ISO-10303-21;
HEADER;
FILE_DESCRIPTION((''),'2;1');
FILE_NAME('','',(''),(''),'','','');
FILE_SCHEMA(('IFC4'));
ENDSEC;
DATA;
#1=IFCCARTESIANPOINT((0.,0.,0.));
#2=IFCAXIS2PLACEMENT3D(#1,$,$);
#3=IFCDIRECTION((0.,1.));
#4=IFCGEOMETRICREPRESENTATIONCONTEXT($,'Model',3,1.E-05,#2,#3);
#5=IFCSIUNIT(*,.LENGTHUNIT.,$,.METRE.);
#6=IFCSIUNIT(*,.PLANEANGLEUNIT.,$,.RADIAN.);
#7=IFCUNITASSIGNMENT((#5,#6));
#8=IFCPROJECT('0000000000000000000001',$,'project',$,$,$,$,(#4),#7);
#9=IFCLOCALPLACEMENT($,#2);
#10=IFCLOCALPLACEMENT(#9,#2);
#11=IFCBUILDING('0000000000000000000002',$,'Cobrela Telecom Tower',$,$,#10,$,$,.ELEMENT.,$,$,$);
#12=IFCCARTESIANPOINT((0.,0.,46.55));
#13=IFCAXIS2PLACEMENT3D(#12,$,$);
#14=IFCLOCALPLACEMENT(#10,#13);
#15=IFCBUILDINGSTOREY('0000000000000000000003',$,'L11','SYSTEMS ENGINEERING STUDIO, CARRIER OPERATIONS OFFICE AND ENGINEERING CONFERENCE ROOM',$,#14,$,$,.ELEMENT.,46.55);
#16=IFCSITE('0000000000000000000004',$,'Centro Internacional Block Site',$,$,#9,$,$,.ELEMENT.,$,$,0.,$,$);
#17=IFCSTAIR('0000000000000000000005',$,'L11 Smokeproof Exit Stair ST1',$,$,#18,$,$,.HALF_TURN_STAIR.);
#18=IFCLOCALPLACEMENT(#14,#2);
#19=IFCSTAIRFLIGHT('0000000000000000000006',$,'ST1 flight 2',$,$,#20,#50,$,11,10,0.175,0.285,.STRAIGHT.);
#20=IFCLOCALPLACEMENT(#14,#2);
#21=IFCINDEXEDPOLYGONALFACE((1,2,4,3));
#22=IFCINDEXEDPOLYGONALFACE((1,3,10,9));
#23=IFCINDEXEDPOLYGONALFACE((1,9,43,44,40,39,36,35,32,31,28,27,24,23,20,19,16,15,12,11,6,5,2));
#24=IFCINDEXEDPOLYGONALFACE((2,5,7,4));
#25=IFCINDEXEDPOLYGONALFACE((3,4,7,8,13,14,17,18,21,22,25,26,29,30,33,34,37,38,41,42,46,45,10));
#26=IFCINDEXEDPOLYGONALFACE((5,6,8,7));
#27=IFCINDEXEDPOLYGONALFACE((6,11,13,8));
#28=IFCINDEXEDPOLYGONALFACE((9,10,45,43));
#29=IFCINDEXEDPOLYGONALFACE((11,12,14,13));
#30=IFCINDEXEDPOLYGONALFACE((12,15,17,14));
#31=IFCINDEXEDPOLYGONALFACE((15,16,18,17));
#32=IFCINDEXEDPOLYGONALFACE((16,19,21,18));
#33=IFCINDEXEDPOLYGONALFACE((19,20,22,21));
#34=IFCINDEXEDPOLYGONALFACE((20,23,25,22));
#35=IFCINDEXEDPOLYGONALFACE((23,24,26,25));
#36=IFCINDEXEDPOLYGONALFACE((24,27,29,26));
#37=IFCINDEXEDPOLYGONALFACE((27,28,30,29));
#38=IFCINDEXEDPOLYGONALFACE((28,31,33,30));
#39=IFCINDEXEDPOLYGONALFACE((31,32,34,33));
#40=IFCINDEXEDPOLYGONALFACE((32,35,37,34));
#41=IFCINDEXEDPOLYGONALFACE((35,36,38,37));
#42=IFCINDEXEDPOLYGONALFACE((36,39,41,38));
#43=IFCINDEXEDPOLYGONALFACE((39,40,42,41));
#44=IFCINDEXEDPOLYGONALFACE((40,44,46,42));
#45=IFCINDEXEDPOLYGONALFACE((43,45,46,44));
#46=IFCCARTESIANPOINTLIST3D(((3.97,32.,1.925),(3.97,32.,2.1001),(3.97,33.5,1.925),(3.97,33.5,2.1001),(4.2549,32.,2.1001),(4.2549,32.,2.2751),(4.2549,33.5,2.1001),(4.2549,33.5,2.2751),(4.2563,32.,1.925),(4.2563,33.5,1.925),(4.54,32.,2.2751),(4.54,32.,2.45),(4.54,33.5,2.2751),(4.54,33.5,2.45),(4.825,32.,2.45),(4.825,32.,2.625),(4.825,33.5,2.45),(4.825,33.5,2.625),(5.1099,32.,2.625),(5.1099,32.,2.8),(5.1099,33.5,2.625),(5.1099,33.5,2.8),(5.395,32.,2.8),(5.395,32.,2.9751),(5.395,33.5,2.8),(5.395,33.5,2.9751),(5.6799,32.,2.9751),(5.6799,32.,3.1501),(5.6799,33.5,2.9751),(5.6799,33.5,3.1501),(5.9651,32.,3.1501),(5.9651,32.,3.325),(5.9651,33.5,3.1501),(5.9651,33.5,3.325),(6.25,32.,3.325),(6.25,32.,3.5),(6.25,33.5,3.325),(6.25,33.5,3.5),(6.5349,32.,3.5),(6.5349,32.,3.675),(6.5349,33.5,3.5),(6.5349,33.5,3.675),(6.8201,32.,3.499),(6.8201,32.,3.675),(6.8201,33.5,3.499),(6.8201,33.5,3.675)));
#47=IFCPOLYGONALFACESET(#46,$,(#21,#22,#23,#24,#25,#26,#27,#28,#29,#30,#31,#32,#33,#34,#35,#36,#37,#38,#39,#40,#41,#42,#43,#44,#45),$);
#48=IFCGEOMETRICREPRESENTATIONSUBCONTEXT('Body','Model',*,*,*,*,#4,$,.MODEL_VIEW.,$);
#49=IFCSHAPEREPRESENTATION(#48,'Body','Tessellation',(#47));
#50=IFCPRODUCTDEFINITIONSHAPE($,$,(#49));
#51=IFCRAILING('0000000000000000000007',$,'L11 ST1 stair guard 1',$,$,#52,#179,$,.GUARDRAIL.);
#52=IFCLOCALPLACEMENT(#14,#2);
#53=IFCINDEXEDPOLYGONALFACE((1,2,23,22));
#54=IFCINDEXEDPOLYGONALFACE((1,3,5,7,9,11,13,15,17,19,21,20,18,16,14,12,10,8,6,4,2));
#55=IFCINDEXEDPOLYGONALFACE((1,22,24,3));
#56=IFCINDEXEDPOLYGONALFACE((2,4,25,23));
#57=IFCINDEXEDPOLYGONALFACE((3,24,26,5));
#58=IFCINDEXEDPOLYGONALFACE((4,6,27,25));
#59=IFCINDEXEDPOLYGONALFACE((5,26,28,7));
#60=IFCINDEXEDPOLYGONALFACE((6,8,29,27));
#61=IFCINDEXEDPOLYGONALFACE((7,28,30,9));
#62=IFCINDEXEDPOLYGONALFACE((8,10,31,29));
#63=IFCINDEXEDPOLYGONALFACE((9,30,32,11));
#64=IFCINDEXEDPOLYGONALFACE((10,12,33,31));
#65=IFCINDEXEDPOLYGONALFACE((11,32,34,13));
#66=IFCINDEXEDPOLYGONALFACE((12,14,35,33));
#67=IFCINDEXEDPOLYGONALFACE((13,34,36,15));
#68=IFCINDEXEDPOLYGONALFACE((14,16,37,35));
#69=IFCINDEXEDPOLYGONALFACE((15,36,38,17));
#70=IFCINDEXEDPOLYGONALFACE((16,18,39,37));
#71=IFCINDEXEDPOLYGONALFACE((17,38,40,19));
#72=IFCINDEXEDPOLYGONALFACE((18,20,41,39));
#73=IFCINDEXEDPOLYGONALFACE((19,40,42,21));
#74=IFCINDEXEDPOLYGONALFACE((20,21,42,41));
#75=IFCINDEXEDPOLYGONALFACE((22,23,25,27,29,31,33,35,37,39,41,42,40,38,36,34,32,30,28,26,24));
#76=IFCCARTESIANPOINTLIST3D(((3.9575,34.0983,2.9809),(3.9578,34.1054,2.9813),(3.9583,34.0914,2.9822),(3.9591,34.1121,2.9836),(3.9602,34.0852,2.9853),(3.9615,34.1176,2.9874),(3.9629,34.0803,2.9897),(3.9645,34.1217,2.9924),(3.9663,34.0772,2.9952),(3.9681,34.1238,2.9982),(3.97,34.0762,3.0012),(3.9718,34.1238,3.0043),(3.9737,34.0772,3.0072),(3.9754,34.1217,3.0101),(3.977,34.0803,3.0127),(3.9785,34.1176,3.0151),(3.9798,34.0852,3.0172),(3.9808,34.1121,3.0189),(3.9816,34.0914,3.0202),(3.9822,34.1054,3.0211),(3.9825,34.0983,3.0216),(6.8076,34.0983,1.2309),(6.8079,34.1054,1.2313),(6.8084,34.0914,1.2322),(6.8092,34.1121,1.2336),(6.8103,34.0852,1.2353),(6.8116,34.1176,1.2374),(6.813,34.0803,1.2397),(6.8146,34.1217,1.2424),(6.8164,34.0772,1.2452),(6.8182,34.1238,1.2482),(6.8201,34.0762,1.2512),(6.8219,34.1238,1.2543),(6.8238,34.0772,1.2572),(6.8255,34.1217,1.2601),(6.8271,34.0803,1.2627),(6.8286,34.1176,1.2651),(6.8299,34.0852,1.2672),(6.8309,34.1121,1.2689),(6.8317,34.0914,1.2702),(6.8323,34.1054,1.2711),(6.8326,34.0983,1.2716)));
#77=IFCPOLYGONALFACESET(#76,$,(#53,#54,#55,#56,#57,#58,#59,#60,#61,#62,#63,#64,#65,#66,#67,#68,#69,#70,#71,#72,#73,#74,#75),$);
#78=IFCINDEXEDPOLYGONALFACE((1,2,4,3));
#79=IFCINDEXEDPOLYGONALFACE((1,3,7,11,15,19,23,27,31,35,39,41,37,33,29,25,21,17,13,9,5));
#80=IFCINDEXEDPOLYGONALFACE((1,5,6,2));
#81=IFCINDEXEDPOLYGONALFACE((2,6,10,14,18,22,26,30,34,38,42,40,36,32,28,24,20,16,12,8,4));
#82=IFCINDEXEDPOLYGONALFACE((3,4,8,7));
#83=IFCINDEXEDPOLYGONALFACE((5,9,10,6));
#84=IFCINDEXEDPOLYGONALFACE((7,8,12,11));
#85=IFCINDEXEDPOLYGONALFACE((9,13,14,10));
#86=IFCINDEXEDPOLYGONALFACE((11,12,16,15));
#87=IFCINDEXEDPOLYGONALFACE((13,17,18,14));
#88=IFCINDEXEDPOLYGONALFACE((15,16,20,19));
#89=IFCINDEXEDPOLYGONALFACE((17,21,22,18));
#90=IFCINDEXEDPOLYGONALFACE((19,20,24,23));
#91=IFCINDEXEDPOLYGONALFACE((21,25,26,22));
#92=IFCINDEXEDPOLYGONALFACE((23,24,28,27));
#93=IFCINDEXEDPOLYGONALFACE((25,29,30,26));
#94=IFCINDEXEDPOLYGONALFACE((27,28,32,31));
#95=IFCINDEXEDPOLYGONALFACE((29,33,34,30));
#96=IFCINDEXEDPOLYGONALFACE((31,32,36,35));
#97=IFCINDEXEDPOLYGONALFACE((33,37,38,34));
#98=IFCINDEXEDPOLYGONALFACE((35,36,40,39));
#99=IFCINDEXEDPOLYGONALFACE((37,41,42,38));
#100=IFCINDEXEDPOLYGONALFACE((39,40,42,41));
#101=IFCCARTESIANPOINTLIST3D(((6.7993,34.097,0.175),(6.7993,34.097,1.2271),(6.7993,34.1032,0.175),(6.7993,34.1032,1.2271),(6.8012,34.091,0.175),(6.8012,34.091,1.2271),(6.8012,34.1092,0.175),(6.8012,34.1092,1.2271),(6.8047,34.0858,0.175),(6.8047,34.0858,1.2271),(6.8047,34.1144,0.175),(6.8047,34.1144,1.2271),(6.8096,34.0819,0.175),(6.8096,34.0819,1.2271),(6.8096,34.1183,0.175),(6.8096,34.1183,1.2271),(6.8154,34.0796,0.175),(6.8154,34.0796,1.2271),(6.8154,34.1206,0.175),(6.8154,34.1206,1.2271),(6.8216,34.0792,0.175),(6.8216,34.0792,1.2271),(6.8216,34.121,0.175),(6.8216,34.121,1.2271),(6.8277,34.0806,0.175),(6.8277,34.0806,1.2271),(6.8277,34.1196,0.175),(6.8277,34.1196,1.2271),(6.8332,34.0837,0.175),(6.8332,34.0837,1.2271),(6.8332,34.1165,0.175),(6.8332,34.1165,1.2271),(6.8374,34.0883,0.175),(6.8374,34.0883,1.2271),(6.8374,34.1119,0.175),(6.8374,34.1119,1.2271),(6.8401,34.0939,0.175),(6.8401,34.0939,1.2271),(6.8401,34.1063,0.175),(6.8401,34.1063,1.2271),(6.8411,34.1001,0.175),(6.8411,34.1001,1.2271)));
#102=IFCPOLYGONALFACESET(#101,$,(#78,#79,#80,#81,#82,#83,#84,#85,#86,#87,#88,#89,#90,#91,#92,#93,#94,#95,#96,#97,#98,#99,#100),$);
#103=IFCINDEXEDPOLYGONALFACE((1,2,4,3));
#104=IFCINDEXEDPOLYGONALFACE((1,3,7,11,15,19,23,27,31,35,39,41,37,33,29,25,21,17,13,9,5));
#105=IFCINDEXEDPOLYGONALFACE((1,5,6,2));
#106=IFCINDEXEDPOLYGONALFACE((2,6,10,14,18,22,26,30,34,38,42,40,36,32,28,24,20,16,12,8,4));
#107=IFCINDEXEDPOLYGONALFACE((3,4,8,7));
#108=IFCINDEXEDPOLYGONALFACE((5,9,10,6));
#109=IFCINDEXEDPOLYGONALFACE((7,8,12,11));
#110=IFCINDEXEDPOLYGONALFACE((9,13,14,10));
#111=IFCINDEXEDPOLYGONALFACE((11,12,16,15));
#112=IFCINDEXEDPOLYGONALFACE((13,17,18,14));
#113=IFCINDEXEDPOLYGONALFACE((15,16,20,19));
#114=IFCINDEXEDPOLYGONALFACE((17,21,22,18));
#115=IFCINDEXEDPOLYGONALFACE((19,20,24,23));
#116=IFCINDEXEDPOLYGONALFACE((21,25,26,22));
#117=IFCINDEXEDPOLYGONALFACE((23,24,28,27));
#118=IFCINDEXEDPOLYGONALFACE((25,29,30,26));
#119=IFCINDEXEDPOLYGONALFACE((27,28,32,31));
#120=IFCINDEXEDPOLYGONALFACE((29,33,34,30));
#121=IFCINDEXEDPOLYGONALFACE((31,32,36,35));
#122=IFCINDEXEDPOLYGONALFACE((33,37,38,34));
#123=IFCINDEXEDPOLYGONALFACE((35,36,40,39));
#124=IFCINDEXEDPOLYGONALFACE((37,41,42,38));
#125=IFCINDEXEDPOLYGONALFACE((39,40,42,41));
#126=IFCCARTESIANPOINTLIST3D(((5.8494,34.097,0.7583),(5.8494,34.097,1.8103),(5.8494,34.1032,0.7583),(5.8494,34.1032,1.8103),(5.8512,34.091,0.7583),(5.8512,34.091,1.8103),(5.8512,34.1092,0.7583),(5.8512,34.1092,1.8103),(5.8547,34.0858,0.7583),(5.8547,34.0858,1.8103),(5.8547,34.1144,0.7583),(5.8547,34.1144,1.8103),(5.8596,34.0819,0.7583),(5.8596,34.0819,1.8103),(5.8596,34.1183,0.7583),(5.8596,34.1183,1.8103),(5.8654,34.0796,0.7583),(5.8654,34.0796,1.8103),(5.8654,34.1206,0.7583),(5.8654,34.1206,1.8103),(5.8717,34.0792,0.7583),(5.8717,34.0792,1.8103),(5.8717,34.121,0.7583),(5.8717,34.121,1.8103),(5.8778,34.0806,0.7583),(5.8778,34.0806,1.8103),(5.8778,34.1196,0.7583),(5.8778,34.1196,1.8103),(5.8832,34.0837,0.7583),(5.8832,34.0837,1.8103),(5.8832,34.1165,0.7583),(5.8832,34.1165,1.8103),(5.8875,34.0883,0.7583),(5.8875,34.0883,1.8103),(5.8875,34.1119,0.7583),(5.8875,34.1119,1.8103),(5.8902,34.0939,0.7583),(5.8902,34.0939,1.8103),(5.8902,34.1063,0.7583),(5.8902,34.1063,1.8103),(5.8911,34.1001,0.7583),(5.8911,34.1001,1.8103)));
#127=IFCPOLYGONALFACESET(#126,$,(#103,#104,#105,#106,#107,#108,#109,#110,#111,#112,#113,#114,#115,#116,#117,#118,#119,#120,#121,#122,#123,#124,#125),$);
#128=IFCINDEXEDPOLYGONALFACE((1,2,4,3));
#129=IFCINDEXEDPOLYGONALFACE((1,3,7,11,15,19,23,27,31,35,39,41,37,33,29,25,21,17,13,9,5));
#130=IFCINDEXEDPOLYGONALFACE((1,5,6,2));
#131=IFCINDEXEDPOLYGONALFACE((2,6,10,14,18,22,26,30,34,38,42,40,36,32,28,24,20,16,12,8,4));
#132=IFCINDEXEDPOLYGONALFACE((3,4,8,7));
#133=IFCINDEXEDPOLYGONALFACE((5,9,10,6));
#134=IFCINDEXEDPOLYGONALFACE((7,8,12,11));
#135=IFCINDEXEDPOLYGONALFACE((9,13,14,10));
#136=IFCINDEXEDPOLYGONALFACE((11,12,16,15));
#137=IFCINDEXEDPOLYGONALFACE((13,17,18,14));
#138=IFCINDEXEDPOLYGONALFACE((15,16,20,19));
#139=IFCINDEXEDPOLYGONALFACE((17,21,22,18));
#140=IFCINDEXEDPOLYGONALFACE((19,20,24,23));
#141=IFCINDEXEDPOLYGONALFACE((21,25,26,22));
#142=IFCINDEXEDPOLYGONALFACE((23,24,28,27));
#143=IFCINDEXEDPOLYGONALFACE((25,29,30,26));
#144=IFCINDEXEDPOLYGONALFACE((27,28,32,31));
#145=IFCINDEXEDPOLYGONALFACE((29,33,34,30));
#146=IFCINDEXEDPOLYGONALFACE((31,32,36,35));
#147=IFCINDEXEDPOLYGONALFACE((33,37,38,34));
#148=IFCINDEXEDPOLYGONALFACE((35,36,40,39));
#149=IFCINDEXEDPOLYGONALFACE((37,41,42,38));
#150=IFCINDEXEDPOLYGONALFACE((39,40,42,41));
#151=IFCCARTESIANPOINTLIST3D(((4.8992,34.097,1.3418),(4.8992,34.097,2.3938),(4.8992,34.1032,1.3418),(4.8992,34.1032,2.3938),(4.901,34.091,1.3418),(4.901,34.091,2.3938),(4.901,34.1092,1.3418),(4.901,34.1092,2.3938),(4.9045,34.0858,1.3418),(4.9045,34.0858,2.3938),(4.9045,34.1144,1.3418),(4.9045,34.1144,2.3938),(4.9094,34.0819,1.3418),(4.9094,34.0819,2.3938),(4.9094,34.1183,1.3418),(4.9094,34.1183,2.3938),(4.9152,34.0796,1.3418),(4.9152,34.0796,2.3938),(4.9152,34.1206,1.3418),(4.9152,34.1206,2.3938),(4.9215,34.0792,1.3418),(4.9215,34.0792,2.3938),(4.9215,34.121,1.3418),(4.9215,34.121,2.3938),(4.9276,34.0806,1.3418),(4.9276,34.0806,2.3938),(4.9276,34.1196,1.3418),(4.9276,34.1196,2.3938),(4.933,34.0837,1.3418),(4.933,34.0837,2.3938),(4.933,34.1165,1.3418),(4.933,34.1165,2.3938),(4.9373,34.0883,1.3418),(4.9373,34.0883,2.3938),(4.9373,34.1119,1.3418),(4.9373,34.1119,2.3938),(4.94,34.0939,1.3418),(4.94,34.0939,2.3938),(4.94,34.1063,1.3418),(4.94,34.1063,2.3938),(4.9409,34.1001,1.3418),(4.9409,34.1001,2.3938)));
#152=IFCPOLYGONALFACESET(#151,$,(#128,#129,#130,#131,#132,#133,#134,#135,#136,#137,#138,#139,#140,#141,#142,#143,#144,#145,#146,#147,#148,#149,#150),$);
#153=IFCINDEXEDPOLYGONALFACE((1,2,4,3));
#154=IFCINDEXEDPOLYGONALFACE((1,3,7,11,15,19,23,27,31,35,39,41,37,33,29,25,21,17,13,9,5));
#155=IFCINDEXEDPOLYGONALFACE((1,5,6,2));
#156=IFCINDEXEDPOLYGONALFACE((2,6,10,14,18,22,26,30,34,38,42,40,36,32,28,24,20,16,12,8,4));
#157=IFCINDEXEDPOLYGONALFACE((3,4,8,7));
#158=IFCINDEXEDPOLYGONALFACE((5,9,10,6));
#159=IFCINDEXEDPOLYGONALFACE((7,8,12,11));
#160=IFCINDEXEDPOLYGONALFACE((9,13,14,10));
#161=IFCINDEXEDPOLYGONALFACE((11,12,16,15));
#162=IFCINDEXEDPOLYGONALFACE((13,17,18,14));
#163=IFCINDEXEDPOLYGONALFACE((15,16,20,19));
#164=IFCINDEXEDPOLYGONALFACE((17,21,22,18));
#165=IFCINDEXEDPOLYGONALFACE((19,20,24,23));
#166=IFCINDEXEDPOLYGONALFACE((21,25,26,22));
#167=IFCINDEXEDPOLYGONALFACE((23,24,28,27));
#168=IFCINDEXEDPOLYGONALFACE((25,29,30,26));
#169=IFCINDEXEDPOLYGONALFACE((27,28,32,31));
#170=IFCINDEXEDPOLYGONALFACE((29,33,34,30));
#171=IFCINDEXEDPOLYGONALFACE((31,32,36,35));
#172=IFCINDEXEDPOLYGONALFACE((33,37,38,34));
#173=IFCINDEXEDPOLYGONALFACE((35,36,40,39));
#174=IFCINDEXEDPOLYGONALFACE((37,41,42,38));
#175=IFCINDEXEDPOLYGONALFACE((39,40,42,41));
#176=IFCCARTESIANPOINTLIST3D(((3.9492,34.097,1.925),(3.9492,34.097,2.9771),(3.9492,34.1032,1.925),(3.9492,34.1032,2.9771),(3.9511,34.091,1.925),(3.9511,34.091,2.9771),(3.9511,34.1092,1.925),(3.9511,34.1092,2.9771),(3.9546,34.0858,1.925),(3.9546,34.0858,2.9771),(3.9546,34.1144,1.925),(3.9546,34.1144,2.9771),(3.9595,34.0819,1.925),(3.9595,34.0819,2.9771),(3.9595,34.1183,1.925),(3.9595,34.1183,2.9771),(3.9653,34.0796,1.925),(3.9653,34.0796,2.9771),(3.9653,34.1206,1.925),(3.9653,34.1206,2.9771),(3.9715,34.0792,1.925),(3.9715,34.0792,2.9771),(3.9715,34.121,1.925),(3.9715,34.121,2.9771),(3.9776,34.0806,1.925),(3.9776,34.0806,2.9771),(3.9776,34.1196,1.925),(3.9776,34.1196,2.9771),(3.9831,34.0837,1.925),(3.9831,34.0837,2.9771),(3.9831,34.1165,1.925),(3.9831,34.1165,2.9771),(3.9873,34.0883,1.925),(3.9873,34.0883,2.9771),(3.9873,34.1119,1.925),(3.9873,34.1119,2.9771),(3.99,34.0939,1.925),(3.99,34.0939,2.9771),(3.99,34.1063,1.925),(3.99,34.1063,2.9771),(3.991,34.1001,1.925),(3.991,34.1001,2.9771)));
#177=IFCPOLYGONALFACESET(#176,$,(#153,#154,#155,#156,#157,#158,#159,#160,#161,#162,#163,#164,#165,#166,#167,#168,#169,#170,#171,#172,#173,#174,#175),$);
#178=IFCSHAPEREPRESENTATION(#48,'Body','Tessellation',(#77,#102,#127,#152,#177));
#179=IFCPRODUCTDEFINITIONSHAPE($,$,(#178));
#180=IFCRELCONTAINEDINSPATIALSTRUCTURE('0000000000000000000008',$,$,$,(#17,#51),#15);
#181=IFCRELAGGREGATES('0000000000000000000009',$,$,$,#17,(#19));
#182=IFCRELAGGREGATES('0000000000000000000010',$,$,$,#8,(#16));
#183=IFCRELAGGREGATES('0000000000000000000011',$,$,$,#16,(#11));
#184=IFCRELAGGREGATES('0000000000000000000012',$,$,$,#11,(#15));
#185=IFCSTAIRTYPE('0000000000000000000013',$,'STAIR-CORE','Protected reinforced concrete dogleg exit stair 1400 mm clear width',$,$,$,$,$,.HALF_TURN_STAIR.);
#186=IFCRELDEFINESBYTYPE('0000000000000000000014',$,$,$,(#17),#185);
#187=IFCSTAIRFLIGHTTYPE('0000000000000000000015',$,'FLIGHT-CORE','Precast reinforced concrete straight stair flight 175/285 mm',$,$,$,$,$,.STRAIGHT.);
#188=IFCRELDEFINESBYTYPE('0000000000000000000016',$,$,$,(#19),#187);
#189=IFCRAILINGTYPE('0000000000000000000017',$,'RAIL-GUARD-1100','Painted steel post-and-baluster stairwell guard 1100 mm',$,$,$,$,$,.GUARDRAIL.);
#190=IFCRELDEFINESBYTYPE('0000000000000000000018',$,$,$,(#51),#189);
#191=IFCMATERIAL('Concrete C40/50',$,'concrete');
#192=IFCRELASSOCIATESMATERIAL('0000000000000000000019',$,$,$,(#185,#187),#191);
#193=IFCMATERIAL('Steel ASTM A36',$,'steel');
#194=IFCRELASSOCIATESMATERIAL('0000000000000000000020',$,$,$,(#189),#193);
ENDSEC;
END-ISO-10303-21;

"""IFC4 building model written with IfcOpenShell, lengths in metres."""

from ifc_helpers import new_model, si_unit, direction, frame, origin, origin_2d, place, context, subcontext, project, spatial, polyline, circle, outline, extrude, material, type_object, element, aggregate, save


model = new_model("IFC4")

# Units and contexts
model_context = context("Model", 3, precision=1e-05, world=origin(), true_north=direction((0.0, 1.0)))
body_context = subcontext(model_context, "Body", "Model", "MODEL_VIEW")
ifc_project = project(units=[si_unit("LENGTHUNIT", "METRE"), si_unit("PLANEANGLEUNIT", "RADIAN")], contexts=[model_context])

# Site, building, storey
site_placement = place(None, origin())
site = spatial("IfcSite", under=ifc_project, at=site_placement, Name="Centro Internacional Block Site", CompositionType="ELEMENT", RefElevation=0.0)
building_placement = place(site_placement, origin())
building = spatial("IfcBuilding", under=site, at=building_placement, Name="Cobrela Telecom Tower", CompositionType="ELEMENT")
storey_placement = place(building_placement, frame((0.0, 0.0, 46.55)))
storey = spatial("IfcBuildingStorey", under=building, at=storey_placement, Name="L11", Description="SYSTEMS ENGINEERING STUDIO, CARRIER OPERATIONS OFFICE AND ENGINEERING CONFERENCE ROOM", CompositionType="ELEMENT", Elevation=46.55)

# Shared definitions
ifc_material_1 = material(Name="Steel ASTM A36", Category="steel")

# Shared definitions
ifc_material_2 = material(Name="Concrete C40/50", Category="concrete")

# Stair, stair flight
stair_type = type_object("IfcStairType", Name="STAIR-CORE", Description="Protected reinforced concrete dogleg exit stair 1400 mm clear width", PredefinedType="HALF_TURN_STAIR", material=ifc_material_2)
stair_placement = place(storey_placement, origin())
stair = element("IfcStair", 1, at=stair_placement, inside=storey, type_object=stair_type, Name="L11 Smokeproof Exit Stair ST1", PredefinedType="HALF_TURN_STAIR")
stair_flight_type = type_object("IfcStairFlightType", Name="FLIGHT-CORE", Description="Precast reinforced concrete straight stair flight 175/285 mm", PredefinedType="STRAIGHT", material=ifc_material_2)
stair_flight_1_placement = place(storey_placement, frame((3.97, 32.75, 1.925), z_axis=(0.0, 0.0, 1.0), x_axis=(1.0, 0.0, 0.0)))
stair_flight_1 = element("IfcStairFlight", 2, at=stair_flight_1_placement, type_object=stair_flight_type, Name="ST1 flight 2", NumberOfRisers=11, NumberOfTreads=10, PredefinedType="STRAIGHT", RiserHeight=0.175, TreadLength=0.285, context=body_context, shape_type="SweptSolid", body=[
    extrude(outline(polyline([(0.0, 0.0), (0.0, 0.175), (0.2849, 0.175), (0.2849, 0.3501), (0.5701, 0.3501), (0.5701, 0.5249), (0.855, 0.5249), (0.855, 0.7), (1.1399, 0.7), (1.1399, 0.875), (1.425, 0.875), (1.425, 1.05), (1.71, 1.05), (1.71, 1.2251), (1.9951, 1.2251), (1.9951, 1.3999), (2.28, 1.3999), (2.28, 1.575), (2.5649, 1.575), (2.5649, 1.75), (2.8501, 1.75), (2.8501, 1.925), (2.8501, 1.574), (0.2864, 0.0), (0.0, 0.0)])), frame((0.0, 0.75, 0.0), z_axis=(0.0, -1.0, 0.0), x_axis=(1.0, 0.0, 0.0)), (0.0, 0.0, 1.0), 1.5),
])
aggregate(stair, [stair_flight_1])

# Railing
railing_type_1 = type_object("IfcRailingType", Name="RAIL-GUARD-1100", Description="Painted steel post-and-baluster stairwell guard 1100 mm", PredefinedType="GUARDRAIL", material=ifc_material_1)
railing_1_placement = place(storey_placement, frame((6.8201, 34.1001, 0.175)))
element("IfcRailing", 3, at=railing_1_placement, inside=storey, type_object=railing_type_1, Name="L11 ST1 stair guard 1", PredefinedType="GUARDRAIL", context=body_context, shape_type="SweptSolid", body=[
    extrude(circle(Radius=0.0239, at=origin_2d()), frame((0.0, 0.0, 1.0762), z_axis=(-0.852179, 0.0, 0.52325), x_axis=(0.0, -1.0, 0.0)), (0.0, 0.0, 1.0), 3.3445),
    extrude(circle(Radius=0.021, at=origin_2d()), origin(), (0.0, 0.0, 1.0), 1.052),
    extrude(circle(Radius=0.021, at=origin_2d()), frame((-0.95, 0.0, 0.5833)), (0.0, 0.0, 1.0), 1.052),
    extrude(circle(Radius=0.021, at=origin_2d()), frame((-1.9001, 0.0, 1.1667)), (0.0, 0.0, 1.0), 1.052),
    extrude(circle(Radius=0.021, at=origin_2d()), frame((-2.8501, 0.0, 1.75)), (0.0, 0.0, 1.0), 1.052),
])

save(model, "model.ifc")
